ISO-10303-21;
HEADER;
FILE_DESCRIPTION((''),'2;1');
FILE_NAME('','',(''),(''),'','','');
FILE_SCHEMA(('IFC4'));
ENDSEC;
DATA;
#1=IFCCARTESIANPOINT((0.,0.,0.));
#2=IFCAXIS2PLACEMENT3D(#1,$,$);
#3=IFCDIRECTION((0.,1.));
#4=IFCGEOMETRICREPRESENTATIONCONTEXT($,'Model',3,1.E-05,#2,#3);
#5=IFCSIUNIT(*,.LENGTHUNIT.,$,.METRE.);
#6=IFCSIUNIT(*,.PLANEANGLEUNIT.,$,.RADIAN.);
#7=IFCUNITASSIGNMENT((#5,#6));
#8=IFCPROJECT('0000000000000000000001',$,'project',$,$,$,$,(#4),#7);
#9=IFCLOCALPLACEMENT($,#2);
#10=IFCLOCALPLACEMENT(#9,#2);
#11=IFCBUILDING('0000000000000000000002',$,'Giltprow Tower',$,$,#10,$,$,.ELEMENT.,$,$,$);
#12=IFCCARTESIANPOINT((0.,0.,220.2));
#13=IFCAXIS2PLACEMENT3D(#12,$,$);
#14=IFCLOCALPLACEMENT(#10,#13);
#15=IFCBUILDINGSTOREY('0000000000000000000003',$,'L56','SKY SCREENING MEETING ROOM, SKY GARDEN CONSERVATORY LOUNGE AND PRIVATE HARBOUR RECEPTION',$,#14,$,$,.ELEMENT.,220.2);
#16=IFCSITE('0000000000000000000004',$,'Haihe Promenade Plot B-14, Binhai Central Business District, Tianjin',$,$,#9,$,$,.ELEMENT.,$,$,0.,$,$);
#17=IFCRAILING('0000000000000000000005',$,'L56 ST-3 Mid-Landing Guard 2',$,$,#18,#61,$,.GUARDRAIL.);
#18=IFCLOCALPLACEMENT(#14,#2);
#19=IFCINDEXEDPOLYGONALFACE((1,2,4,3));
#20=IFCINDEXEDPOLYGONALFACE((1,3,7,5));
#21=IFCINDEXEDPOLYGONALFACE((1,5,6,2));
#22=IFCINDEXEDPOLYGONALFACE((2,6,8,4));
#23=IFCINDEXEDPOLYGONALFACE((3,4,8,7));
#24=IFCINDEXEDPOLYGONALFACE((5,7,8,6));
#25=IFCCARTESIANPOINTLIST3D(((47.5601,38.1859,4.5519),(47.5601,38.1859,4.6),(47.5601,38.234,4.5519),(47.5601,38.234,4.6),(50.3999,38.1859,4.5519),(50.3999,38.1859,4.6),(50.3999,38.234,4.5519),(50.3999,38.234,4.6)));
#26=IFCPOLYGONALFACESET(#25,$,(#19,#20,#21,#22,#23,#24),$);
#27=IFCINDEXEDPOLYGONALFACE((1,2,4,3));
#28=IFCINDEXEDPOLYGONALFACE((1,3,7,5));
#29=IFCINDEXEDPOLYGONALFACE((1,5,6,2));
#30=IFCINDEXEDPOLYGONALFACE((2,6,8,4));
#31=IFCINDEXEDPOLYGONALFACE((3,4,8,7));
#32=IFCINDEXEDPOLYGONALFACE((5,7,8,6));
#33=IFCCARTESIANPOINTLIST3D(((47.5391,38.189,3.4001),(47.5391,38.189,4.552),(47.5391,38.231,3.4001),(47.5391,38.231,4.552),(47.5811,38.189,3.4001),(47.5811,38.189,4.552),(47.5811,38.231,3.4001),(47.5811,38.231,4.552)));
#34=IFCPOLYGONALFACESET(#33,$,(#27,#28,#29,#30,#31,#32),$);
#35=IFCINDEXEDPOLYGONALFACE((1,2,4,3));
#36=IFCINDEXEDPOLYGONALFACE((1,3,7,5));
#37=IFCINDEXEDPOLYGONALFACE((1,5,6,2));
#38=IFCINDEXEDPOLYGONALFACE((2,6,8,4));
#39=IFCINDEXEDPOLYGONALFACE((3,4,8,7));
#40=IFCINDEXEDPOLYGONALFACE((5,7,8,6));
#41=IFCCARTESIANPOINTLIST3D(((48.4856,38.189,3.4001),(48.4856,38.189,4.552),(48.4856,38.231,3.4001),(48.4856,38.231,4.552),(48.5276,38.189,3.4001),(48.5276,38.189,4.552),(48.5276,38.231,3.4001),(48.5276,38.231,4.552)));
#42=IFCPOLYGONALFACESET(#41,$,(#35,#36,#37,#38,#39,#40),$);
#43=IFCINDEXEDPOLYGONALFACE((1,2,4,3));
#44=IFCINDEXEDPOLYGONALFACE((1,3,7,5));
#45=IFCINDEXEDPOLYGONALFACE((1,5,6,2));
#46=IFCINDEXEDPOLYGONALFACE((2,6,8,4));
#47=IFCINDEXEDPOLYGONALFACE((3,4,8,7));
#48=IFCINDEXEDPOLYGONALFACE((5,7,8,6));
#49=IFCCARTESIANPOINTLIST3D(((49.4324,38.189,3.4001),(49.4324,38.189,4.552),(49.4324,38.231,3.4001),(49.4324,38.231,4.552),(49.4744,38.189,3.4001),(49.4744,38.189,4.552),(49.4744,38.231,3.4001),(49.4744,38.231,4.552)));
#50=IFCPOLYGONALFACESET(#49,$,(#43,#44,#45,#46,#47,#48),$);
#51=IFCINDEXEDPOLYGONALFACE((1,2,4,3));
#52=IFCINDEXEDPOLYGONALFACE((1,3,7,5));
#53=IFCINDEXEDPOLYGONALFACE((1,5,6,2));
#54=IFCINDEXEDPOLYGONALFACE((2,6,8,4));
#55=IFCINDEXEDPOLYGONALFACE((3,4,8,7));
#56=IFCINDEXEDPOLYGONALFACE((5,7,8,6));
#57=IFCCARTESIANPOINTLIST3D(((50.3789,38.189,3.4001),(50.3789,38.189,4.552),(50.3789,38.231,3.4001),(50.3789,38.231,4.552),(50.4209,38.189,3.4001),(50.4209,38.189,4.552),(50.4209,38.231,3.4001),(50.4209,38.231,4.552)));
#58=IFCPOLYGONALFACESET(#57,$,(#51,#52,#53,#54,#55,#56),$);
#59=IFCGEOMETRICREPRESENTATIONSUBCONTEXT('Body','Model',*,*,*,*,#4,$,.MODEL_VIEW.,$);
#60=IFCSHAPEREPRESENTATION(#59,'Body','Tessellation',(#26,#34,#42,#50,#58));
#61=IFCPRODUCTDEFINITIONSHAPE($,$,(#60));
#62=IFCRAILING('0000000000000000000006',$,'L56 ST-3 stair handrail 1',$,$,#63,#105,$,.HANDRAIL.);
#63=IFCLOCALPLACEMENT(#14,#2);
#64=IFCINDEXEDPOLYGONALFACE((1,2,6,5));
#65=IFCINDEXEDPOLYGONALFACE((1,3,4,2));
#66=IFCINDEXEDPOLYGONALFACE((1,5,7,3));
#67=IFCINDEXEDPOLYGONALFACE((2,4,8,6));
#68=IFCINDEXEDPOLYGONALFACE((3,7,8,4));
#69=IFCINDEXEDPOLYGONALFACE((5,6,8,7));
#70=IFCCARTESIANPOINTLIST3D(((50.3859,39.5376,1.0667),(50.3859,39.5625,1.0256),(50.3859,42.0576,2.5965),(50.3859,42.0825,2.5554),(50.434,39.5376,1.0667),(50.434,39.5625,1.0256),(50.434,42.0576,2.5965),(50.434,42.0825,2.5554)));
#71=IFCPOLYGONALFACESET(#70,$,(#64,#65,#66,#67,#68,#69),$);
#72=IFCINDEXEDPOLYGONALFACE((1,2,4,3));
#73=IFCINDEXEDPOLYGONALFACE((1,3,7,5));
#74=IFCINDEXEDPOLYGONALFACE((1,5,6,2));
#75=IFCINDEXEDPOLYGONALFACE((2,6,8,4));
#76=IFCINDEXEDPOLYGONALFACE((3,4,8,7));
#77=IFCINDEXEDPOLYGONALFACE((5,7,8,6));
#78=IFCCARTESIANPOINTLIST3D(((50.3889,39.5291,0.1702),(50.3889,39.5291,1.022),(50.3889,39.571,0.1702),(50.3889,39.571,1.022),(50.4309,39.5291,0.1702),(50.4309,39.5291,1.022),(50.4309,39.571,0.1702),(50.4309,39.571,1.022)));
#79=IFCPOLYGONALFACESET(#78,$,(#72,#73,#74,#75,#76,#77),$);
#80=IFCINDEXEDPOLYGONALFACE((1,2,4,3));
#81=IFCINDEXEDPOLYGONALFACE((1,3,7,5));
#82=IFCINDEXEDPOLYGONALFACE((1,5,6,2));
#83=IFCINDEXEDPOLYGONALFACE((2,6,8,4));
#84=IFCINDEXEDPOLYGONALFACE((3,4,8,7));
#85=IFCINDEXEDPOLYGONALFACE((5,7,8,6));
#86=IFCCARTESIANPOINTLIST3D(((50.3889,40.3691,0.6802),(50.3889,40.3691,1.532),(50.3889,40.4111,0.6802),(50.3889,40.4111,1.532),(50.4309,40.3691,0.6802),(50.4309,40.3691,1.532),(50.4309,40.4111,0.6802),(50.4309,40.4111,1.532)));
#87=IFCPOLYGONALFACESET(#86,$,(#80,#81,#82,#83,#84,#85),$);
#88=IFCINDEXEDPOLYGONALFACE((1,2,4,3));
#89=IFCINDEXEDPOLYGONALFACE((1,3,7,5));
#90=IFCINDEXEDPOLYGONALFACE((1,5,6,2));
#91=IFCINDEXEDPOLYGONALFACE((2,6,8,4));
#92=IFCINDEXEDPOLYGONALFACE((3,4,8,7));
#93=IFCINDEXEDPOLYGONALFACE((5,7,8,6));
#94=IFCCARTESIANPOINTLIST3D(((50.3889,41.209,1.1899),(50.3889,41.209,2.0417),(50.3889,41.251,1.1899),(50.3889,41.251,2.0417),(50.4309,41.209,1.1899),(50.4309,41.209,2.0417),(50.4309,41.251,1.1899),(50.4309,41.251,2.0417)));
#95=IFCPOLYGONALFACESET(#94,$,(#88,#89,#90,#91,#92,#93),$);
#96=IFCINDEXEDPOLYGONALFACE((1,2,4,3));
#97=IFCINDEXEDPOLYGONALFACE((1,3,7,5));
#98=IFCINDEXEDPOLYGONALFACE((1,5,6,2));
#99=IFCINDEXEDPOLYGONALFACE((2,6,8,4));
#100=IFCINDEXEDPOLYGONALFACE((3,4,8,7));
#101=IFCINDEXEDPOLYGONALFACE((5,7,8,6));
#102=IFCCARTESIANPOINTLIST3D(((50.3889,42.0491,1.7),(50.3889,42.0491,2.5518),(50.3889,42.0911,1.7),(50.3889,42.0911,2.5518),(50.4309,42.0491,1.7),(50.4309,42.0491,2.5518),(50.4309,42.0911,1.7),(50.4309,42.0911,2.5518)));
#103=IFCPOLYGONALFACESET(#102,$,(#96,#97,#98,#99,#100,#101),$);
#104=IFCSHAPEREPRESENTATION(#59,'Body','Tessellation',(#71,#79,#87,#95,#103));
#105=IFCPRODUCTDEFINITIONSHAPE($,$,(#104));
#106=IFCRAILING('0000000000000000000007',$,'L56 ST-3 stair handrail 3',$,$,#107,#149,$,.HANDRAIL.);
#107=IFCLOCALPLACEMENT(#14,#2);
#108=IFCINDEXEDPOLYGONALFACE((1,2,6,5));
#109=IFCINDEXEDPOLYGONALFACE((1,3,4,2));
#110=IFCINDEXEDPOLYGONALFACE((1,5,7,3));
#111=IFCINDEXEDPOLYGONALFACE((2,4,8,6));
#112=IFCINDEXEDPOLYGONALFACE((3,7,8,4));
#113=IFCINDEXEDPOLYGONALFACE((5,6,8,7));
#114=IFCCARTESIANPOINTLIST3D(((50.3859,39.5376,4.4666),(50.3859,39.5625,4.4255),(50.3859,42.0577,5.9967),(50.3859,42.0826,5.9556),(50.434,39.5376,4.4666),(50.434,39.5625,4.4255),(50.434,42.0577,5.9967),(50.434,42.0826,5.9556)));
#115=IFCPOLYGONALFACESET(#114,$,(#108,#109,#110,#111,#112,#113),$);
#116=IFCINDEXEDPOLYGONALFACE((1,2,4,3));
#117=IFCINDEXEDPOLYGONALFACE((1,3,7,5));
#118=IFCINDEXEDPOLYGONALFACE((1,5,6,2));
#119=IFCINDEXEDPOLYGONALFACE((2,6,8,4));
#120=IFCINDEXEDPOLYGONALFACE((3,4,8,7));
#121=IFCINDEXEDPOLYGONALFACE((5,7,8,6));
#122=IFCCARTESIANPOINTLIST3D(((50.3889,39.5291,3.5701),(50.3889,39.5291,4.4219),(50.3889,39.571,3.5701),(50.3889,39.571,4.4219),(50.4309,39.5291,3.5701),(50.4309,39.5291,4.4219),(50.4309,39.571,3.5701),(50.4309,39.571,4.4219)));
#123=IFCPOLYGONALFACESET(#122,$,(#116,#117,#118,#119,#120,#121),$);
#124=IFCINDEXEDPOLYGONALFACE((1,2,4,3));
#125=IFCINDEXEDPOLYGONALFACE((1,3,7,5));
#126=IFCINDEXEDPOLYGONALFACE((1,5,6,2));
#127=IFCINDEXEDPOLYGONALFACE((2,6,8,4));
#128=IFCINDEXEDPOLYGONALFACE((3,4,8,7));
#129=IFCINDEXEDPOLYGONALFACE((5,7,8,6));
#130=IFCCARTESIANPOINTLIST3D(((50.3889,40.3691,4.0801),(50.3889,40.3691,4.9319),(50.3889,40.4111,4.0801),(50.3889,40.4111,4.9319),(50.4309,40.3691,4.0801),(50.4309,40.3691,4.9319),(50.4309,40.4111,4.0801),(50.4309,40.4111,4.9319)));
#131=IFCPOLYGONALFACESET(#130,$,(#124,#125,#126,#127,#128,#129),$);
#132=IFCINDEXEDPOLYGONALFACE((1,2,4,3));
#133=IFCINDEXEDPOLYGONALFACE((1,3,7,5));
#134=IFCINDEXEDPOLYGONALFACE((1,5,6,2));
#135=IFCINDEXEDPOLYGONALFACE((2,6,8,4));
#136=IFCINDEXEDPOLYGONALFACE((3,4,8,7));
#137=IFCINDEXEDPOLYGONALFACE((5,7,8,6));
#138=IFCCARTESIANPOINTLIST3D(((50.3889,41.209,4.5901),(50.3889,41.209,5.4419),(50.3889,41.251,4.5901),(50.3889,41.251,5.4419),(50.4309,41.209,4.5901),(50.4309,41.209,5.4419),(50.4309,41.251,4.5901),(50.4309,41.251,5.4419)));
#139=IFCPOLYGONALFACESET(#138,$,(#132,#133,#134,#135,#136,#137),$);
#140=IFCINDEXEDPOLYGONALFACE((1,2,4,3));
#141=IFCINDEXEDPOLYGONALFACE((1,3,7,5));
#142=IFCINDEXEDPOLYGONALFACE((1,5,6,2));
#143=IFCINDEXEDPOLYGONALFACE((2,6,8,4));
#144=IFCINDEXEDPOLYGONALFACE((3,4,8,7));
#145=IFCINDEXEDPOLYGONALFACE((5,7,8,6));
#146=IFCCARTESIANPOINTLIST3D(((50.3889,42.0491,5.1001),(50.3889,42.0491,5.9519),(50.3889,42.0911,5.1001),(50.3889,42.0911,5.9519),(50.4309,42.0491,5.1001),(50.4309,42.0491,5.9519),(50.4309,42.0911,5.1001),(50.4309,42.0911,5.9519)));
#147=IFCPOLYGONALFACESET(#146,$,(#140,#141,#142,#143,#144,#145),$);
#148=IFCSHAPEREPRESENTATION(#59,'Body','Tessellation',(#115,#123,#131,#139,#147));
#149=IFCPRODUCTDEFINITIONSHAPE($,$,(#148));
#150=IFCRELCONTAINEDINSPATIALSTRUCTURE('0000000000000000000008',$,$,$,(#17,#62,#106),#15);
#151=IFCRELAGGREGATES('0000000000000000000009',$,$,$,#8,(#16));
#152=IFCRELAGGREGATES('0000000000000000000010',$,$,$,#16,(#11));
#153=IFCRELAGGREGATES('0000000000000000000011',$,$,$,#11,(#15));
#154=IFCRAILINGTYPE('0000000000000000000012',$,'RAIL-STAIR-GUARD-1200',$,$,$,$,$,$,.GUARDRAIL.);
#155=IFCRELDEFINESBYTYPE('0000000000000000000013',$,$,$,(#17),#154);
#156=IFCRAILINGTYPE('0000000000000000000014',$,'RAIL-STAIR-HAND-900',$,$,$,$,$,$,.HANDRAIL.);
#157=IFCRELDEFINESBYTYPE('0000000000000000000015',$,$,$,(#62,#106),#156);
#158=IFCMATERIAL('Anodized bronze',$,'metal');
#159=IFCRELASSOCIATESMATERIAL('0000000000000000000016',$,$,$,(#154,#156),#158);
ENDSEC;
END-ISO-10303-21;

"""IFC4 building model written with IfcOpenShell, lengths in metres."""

from ifc_helpers import new_model, si_unit, direction, frame, origin, origin_2d, place, context, subcontext, project, spatial, rectangle, extrude, material, type_object, element, save


model = new_model("IFC4")

# Units and contexts
model_context = context("Model", 3, precision=1e-05, world=origin(), true_north=direction((0.0, 1.0)))
body_context = subcontext(model_context, "Body", "Model", "MODEL_VIEW")
ifc_project = project(units=[si_unit("LENGTHUNIT", "METRE"), si_unit("PLANEANGLEUNIT", "RADIAN")], contexts=[model_context])

# Site, building, storey
site_placement = place(None, origin())
site = spatial("IfcSite", under=ifc_project, at=site_placement, Name="Haihe Promenade Plot B-14, Binhai Central Business District, Tianjin", CompositionType="ELEMENT", RefElevation=0.0)
building_placement = place(site_placement, origin())
building = spatial("IfcBuilding", under=site, at=building_placement, Name="Giltprow Tower", CompositionType="ELEMENT")
storey_placement = place(building_placement, frame((0.0, 0.0, 220.2)))
storey = spatial("IfcBuildingStorey", under=building, at=storey_placement, Name="L56", Description="SKY SCREENING MEETING ROOM, SKY GARDEN CONSERVATORY LOUNGE AND PRIVATE HARBOUR RECEPTION", CompositionType="ELEMENT", Elevation=220.2)

# Railings
ifc_material_1 = material(Name="Anodized bronze", Category="metal")
railing_type_1 = type_object("IfcRailingType", Name="RAIL-STAIR-GUARD-1200", PredefinedType="GUARDRAIL", material=ifc_material_1)
railing_1_placement = place(storey_placement, frame((47.5601, 38.21, 3.4001)))
element("IfcRailing", 1, at=railing_1_placement, inside=storey, type_object=railing_type_1, Name="L56 ST-3 Mid-Landing Guard 2", PredefinedType="GUARDRAIL", context=body_context, shape_type="SweptSolid", body=[
    extrude(rectangle(XDim=0.0481, YDim=0.0481, at=origin_2d()), frame((0.0, 0.0, 1.1758), z_axis=(1.0, 0.0, 0.0), x_axis=(0.0, 1.0, 0.0)), (0.0, 0.0, 1.0), 2.8398),
    extrude(rectangle(XDim=0.042, YDim=0.042, at=origin_2d()), origin(), (0.0, 0.0, 1.0), 1.1519),
    extrude(rectangle(XDim=0.042, YDim=0.042, at=origin_2d()), frame((0.9465, 0.0, 0.0)), (0.0, 0.0, 1.0), 1.1519),
    extrude(rectangle(XDim=0.042, YDim=0.042, at=origin_2d()), frame((1.8933, 0.0, 0.0)), (0.0, 0.0, 1.0), 1.1519),
    extrude(rectangle(XDim=0.042, YDim=0.042, at=origin_2d()), frame((2.8398, 0.0, 0.0)), (0.0, 0.0, 1.0), 1.1519),
])
railing_type_2 = type_object("IfcRailingType", Name="RAIL-STAIR-HAND-900", PredefinedType="HANDRAIL", material=ifc_material_1)
railing_2_placement = place(storey_placement, frame((50.4099, 39.55, 0.1702)))
element("IfcRailing", 2, at=railing_2_placement, inside=storey, type_object=railing_type_2, Name="L56 ST-3 stair handrail 1", PredefinedType="HANDRAIL", context=body_context, shape_type="SweptSolid", body=[
    extrude(rectangle(XDim=0.0481, YDim=0.0481, at=origin_2d()), frame((0.0, 0.0, 0.876), z_axis=(0.0, 0.854822, 0.518922), x_axis=(-1.0, 0.0, 0.0)), (0.0, 0.0, 1.0), 2.948),
    extrude(rectangle(XDim=0.042, YDim=0.042, at=origin_2d()), origin(), (0.0, 0.0, 1.0), 0.8518),
    extrude(rectangle(XDim=0.042, YDim=0.042, at=origin_2d()), frame((0.0, 0.8401, 0.51)), (0.0, 0.0, 1.0), 0.8518),
    extrude(rectangle(XDim=0.042, YDim=0.042, at=origin_2d()), frame((0.0, 1.6799, 1.0198)), (0.0, 0.0, 1.0), 0.8518),
    extrude(rectangle(XDim=0.042, YDim=0.042, at=origin_2d()), frame((0.0, 2.52, 1.5298)), (0.0, 0.0, 1.0), 0.8518),
])
railing_3_placement = place(storey_placement, frame((50.4099, 39.55, 3.5701)))
element("IfcRailing", 3, at=railing_3_placement, inside=storey, type_object=railing_type_2, Name="L56 ST-3 stair handrail 3", PredefinedType="HANDRAIL", context=body_context, shape_type="SweptSolid", body=[
    extrude(rectangle(XDim=0.0481, YDim=0.0481, at=origin_2d()), frame((0.0, 0.0, 0.876), z_axis=(0.0, 0.854785, 0.518982), x_axis=(-1.0, 0.0, 0.0)), (0.0, 0.0, 1.0), 2.9482),
    extrude(rectangle(XDim=0.042, YDim=0.042, at=origin_2d()), origin(), (0.0, 0.0, 1.0), 0.8518),
    extrude(rectangle(XDim=0.042, YDim=0.042, at=origin_2d()), frame((0.0, 0.8401, 0.51)), (0.0, 0.0, 1.0), 0.8518),
    extrude(rectangle(XDim=0.042, YDim=0.042, at=origin_2d()), frame((0.0, 1.6799, 1.02)), (0.0, 0.0, 1.0), 0.8518),
    extrude(rectangle(XDim=0.042, YDim=0.042, at=origin_2d()), frame((0.0, 2.52, 1.53)), (0.0, 0.0, 1.0), 0.8518),
])

save(model, "model.ifc")
